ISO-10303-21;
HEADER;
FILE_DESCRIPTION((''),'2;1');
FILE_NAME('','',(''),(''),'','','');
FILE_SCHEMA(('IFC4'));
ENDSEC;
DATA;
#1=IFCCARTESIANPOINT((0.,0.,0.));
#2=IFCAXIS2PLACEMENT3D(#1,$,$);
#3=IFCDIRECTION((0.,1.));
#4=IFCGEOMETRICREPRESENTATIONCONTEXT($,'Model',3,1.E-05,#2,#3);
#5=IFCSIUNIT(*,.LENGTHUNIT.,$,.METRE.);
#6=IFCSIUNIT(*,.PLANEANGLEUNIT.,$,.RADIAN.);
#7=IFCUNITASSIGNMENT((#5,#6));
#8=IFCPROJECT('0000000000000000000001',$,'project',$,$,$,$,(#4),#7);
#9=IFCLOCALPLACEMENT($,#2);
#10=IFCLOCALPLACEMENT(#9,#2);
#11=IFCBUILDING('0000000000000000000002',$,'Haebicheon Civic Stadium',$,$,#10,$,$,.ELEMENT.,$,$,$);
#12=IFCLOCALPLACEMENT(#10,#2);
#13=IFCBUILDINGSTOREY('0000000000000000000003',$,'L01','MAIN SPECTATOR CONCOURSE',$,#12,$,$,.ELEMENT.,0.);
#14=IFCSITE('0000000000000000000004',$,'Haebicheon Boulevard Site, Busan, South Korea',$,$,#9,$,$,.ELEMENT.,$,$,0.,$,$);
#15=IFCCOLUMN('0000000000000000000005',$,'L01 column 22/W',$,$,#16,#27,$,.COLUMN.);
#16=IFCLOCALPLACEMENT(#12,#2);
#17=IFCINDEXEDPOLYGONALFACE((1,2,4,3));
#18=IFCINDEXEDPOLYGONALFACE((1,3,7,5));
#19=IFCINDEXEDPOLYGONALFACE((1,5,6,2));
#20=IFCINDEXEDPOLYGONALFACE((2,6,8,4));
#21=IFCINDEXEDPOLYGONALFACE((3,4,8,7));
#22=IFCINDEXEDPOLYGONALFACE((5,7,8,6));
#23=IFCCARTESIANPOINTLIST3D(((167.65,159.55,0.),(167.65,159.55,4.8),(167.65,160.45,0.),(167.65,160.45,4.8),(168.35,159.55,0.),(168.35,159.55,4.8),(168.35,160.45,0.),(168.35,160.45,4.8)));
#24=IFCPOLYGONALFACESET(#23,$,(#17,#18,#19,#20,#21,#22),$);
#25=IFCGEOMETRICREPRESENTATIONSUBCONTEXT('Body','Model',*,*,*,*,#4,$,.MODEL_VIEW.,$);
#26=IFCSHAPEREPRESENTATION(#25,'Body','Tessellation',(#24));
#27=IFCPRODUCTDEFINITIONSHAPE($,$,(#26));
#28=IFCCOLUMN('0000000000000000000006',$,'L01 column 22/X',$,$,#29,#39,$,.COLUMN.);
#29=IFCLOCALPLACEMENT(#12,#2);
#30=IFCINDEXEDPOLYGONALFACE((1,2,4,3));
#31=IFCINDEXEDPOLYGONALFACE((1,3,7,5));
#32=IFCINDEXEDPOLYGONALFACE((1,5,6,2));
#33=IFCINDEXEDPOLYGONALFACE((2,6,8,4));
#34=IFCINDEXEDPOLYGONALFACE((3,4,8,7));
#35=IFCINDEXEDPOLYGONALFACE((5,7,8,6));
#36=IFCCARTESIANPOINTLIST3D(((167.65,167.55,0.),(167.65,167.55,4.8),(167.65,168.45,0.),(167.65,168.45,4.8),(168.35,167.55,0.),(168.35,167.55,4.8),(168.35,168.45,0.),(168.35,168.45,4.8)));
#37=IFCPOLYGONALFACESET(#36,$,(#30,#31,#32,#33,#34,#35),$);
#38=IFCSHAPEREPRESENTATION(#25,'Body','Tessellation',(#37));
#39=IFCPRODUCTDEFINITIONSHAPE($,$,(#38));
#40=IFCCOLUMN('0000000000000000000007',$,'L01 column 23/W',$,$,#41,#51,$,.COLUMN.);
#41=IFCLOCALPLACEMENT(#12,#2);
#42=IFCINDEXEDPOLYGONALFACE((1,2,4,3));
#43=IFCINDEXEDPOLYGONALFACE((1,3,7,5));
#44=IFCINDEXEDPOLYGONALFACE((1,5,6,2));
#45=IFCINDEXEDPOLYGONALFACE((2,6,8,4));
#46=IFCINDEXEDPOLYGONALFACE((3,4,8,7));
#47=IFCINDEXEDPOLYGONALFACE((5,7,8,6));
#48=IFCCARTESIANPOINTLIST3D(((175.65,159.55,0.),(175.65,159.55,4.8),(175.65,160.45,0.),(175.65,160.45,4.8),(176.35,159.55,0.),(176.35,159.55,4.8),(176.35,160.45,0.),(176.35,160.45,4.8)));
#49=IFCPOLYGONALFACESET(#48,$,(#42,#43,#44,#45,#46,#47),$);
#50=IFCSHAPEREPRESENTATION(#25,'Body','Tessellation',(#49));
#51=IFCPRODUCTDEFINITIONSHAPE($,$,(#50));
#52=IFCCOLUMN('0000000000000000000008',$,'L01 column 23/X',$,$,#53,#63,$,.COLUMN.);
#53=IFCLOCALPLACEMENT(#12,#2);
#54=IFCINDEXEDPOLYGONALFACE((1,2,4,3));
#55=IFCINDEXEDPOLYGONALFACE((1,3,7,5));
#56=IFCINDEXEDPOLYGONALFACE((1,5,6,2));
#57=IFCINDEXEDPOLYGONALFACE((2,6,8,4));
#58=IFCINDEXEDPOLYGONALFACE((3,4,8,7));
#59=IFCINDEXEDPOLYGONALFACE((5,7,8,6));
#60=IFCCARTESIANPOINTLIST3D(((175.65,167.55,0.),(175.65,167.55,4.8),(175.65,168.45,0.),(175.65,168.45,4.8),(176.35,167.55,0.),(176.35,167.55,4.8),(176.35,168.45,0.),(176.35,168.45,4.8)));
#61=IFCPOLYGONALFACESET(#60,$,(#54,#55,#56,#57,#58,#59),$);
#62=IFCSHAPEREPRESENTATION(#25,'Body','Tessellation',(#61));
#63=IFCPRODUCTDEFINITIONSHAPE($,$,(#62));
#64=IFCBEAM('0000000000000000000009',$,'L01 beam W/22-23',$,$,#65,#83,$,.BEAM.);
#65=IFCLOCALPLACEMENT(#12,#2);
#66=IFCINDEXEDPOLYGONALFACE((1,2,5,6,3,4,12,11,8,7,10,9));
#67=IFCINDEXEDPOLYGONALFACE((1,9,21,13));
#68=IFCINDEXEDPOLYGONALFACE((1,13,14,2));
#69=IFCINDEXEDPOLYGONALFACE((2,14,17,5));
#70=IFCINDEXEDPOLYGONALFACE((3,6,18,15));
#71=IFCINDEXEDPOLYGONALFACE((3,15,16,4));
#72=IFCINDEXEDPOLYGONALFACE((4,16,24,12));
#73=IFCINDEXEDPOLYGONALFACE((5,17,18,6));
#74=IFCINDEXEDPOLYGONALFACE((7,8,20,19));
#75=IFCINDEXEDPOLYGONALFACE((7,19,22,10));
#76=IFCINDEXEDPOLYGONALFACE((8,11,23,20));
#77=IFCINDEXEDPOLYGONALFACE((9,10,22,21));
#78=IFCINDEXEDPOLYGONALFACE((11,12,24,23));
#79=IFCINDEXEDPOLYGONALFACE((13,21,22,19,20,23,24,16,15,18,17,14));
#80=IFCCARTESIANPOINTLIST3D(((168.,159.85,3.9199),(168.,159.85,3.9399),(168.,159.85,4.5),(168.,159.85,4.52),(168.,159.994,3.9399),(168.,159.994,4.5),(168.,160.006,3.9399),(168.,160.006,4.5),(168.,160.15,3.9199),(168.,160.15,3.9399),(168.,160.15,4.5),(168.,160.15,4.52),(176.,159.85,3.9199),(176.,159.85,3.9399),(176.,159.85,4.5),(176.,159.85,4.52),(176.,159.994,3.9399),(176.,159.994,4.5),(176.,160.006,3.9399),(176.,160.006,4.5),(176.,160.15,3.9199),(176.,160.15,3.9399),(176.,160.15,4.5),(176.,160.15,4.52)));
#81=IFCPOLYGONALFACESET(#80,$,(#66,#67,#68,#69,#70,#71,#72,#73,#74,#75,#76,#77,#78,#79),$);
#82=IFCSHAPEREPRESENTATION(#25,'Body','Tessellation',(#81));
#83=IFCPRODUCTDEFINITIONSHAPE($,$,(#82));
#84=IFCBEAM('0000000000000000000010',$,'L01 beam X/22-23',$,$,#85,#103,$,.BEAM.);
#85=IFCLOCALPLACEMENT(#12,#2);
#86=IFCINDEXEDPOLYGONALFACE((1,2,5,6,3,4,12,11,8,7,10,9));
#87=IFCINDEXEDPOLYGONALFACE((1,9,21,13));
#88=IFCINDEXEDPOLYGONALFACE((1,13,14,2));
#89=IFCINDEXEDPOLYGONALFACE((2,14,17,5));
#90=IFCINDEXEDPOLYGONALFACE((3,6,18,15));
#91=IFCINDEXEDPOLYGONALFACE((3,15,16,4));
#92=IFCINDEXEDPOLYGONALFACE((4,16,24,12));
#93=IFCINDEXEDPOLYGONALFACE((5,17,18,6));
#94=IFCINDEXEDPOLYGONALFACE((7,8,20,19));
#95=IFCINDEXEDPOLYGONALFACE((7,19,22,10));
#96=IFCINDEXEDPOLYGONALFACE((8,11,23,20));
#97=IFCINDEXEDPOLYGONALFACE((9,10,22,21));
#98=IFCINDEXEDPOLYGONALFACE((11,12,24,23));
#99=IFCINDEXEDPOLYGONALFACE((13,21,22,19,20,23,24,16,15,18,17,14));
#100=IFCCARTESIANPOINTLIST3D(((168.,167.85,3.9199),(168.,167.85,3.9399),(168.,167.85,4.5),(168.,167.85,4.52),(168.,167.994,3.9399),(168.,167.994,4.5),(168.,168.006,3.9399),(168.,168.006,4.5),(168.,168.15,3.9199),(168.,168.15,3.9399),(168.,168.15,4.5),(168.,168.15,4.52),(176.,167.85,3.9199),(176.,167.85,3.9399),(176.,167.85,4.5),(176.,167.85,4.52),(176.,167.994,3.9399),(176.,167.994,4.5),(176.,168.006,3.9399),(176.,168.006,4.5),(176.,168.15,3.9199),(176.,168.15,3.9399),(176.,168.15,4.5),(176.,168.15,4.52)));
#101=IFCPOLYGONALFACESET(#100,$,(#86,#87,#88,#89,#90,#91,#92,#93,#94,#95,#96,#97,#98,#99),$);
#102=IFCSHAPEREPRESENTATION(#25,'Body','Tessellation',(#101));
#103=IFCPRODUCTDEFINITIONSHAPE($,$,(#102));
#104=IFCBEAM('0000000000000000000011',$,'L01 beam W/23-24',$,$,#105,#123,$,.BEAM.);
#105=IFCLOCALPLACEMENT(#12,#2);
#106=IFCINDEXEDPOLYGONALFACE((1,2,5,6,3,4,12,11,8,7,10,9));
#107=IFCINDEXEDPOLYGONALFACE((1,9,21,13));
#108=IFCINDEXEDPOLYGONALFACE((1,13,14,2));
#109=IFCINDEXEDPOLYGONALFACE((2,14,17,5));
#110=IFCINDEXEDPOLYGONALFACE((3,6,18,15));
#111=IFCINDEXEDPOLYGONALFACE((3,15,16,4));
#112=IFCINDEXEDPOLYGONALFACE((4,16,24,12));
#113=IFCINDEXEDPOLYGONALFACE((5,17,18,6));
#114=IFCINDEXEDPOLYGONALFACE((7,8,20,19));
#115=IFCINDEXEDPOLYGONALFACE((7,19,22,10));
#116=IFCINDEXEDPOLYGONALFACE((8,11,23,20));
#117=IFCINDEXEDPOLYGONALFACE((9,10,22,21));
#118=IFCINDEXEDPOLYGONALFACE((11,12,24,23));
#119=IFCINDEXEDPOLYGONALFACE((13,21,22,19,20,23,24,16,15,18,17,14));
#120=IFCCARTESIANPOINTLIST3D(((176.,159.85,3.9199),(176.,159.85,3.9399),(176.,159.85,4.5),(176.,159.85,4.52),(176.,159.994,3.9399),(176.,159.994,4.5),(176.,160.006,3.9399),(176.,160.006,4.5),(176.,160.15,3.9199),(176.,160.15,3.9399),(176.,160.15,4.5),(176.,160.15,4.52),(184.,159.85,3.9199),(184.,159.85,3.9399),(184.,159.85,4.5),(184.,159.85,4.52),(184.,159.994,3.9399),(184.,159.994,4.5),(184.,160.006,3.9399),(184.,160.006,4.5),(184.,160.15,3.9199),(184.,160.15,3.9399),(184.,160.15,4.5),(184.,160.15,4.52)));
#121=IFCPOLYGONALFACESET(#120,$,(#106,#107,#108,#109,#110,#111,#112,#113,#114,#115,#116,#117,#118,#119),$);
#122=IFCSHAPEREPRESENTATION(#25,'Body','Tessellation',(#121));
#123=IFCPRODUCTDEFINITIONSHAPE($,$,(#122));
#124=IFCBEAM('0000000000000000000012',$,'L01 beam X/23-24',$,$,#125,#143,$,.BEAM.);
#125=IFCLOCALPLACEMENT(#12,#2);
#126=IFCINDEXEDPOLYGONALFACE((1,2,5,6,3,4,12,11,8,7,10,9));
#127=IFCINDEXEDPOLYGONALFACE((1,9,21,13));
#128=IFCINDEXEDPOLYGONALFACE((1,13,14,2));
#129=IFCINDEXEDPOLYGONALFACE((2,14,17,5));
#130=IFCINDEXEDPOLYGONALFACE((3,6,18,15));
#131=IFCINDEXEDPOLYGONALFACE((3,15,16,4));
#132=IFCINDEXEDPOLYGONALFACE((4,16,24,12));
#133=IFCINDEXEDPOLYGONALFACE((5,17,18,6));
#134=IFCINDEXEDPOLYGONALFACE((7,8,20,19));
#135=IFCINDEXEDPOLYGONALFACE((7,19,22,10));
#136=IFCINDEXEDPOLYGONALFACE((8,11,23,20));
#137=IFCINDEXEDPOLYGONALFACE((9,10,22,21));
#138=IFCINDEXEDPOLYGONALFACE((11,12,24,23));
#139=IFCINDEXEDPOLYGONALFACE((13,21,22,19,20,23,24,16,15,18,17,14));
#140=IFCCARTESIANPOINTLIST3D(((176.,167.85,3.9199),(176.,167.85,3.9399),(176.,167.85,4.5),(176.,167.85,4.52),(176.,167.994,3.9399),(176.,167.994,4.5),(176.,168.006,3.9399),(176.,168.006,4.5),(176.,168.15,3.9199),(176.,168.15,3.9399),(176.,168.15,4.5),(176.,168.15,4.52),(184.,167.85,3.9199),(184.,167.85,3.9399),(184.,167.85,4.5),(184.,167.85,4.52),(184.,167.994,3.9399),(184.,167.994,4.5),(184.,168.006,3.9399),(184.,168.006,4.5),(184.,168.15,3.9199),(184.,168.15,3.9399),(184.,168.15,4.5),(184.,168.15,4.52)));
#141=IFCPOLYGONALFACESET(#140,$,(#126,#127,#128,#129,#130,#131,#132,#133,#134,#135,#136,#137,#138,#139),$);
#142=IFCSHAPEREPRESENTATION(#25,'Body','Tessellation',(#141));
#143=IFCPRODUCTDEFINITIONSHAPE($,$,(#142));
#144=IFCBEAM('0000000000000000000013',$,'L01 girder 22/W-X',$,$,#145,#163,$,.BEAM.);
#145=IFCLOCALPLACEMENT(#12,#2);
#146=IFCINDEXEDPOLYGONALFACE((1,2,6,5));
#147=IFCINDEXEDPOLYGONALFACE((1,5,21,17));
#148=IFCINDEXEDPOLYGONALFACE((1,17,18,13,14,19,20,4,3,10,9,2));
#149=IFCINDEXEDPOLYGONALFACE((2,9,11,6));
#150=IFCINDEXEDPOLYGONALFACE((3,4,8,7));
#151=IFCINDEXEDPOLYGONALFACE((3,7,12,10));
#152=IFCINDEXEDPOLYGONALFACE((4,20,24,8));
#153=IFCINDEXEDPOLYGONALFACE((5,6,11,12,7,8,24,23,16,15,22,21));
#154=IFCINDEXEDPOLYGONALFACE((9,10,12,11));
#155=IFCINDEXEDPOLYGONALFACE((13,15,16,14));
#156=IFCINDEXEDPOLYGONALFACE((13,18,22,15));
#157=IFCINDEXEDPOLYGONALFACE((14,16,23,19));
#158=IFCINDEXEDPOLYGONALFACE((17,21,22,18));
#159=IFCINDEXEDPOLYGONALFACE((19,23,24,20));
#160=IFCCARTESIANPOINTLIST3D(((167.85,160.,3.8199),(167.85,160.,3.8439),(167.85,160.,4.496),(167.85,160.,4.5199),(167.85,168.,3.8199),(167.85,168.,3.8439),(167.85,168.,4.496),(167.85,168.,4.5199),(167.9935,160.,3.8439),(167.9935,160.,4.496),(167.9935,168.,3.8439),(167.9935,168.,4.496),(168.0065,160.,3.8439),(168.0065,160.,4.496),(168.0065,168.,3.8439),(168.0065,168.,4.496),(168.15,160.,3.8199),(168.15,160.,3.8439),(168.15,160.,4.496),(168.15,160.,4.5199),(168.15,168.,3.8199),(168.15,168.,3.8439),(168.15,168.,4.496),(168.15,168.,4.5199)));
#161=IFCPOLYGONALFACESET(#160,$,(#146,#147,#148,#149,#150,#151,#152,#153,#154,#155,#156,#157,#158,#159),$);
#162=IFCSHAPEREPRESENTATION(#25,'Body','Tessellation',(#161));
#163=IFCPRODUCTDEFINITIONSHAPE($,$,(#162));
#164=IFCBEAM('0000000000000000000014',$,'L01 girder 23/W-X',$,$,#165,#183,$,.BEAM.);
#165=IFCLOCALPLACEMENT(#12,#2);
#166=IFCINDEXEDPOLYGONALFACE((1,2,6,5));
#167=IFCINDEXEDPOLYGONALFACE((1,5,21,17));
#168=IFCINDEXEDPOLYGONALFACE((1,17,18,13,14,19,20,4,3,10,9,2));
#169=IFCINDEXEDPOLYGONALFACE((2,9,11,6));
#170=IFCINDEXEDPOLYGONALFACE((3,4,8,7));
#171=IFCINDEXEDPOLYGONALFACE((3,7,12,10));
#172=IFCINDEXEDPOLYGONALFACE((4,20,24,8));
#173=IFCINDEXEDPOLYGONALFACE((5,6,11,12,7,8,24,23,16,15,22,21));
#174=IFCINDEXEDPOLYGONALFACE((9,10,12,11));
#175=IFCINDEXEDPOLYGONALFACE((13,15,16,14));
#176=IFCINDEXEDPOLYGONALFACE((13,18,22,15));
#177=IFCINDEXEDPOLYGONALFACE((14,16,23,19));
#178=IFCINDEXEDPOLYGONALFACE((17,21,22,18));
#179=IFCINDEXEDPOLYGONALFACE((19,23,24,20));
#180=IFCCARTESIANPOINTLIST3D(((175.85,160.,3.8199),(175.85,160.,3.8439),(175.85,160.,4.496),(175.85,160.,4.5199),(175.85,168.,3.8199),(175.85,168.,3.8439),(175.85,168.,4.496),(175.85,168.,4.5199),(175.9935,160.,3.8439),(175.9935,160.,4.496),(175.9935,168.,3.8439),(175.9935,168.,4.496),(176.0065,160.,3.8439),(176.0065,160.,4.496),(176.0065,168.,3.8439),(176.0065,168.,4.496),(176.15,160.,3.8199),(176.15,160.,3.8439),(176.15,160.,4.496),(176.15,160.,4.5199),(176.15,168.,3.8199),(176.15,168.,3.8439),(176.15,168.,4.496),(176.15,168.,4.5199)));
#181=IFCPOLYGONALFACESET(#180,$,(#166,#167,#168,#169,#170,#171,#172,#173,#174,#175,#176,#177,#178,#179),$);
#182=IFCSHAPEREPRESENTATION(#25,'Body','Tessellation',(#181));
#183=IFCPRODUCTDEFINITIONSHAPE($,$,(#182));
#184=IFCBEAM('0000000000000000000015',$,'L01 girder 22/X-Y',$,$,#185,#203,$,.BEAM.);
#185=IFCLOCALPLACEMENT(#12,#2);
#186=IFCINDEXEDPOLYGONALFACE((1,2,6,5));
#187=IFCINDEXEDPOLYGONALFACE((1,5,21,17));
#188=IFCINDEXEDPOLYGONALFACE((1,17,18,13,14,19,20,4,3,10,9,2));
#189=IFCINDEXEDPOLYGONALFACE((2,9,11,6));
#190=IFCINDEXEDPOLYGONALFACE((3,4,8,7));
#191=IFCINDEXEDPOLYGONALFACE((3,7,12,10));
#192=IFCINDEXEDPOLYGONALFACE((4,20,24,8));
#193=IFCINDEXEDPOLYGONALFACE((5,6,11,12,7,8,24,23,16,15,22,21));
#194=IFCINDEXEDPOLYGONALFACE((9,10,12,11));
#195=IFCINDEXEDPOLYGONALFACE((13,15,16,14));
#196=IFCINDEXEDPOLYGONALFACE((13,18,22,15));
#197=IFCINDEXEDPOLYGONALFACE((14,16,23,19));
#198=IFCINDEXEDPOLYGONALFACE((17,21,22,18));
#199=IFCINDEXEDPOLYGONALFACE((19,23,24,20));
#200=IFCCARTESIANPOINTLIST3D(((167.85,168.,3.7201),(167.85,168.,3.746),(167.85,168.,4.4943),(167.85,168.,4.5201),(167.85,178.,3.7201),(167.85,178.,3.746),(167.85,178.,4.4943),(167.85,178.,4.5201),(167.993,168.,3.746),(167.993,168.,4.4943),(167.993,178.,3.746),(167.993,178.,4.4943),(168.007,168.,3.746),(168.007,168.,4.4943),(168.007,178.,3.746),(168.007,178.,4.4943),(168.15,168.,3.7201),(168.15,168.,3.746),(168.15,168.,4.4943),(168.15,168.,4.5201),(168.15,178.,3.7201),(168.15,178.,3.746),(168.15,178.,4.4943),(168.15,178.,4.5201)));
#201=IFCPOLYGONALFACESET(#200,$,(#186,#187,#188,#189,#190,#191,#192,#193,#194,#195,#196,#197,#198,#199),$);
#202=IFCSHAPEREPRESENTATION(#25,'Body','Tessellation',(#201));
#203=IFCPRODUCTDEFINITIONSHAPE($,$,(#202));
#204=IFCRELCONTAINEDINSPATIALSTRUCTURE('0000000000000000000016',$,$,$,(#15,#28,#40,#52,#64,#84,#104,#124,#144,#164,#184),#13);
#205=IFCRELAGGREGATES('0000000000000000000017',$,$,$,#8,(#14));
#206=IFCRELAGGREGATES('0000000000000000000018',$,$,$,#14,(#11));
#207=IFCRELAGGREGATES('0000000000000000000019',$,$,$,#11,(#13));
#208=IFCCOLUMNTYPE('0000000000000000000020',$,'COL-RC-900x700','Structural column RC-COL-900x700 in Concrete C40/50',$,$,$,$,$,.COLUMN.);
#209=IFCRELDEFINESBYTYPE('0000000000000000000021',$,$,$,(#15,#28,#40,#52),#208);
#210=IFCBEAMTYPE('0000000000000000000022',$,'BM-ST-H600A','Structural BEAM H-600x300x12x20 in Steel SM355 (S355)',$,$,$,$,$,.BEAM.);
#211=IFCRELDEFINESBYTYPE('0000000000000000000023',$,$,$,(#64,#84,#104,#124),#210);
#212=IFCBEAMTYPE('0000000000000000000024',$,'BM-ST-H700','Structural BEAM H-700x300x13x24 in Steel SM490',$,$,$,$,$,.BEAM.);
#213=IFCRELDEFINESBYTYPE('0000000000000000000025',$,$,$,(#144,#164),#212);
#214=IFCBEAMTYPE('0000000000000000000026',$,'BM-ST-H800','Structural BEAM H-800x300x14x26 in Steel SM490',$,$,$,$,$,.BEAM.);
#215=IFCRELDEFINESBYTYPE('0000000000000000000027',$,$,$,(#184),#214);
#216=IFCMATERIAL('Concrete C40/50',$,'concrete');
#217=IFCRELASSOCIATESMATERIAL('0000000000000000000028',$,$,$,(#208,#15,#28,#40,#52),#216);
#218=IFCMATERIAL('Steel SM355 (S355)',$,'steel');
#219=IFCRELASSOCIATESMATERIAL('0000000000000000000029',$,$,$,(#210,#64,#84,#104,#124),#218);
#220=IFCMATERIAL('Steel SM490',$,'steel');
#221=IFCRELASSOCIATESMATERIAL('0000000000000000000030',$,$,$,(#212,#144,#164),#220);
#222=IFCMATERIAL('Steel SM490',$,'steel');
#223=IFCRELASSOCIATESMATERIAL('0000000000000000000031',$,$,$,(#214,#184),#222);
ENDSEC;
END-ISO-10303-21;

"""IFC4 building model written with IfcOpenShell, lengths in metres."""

from ifc_helpers import new_model, si_unit, direction, frame, origin, origin_2d, place, context, subcontext, project, spatial, rectangle, i_section, extrude, material, material_profile, profile_set, type_object, element, save


model = new_model("IFC4")

# Units and contexts
model_context = context("Model", 3, precision=1e-05, world=origin(), true_north=direction((0.0, 1.0)))
body_context = subcontext(model_context, "Body", "Model", "MODEL_VIEW")
ifc_project = project(units=[si_unit("LENGTHUNIT", "METRE"), si_unit("PLANEANGLEUNIT", "RADIAN")], contexts=[model_context])

# Site, building, storey
site_placement = place(None, origin())
site = spatial("IfcSite", under=ifc_project, at=site_placement, Name="Haebicheon Boulevard Site, Busan, South Korea", CompositionType="ELEMENT", RefElevation=0.0)
building_placement = place(site_placement, origin())
building = spatial("IfcBuilding", under=site, at=building_placement, Name="Haebicheon Civic Stadium", CompositionType="ELEMENT")
storey_placement = place(building_placement, origin())
storey = spatial("IfcBuildingStorey", under=building, at=storey_placement, Name="L01", Description="MAIN SPECTATOR CONCOURSE", CompositionType="ELEMENT", Elevation=0.0)

# Columns
ifc_material_1 = material(Name="Concrete C40/50", Category="concrete")
ifc_material_profile_1 = material_profile(ifc_material_1, rectangle(XDim=0.7, YDim=0.8999, at=origin_2d()), Name="RC-COL-900x700")
ifc_profile_set_1 = profile_set([ifc_material_profile_1], Name="Concrete C40/50")
column_type = type_object("IfcColumnType", Name="COL-RC-900x700", Description="Structural column RC-COL-900x700 in Concrete C40/50", PredefinedType="COLUMN", material=ifc_profile_set_1)
for number, where, z_axis, x_axis, name in (
    (1, (168.0, 160.0, 0.0), (0.0, 0.0, 1.0), (1.0, 0.0, 0.0), "L01 column 22/W"),
    (2, (168.0, 168.0, 0.0), (0.0, 0.0, 1.0), (1.0, 0.0, 0.0), "L01 column 22/X"),
    (3, (176.0, 160.0, 0.0), (0.0, 0.0, 1.0), (1.0, 0.0, 0.0), "L01 column 23/W"),
    (4, (176.0, 168.0, 0.0), (0.0, 0.0, 1.0), (1.0, 0.0, 0.0), "L01 column 23/X"),
):
    element("IfcColumn", number, at=place(storey_placement, frame(where, z_axis=z_axis, x_axis=x_axis)), inside=storey, type_object=column_type, material=ifc_profile_set_1, Name=name, PredefinedType="COLUMN", context=body_context, shape_type="SweptSolid", body=[
        extrude(rectangle(XDim=0.7, YDim=0.8999, at=origin_2d()), origin(), (0.0, 0.0, 1.0), 4.8),
    ])

# Beams
ifc_material_2 = material(Name="Steel SM355 (S355)", Category="steel")
ifc_material_profile_2 = material_profile(ifc_material_2, i_section(OverallWidth=0.3, OverallDepth=0.6001, WebThickness=0.012, FlangeThickness=0.02, at=origin_2d()), Name="H-600x300x12x20")
ifc_profile_set_2 = profile_set([ifc_material_profile_2], Name="Steel SM355 (S355)")
beam_type_1 = type_object("IfcBeamType", Name="BM-ST-H600A", Description="Structural BEAM H-600x300x12x20 in Steel SM355 (S355)", PredefinedType="BEAM", material=ifc_profile_set_2)
for number, where, z_axis, x_axis, name in (
    (5, (168.0, 160.0, 4.22), (1.0, 0.0, 0.0), (0.0, 1.0, 0.0), "L01 beam W/22-23"),
    (6, (168.0, 168.0, 4.22), (1.0, 0.0, 0.0), (0.0, 1.0, 0.0), "L01 beam X/22-23"),
    (7, (176.0, 160.0, 4.22), (1.0, 0.0, 0.0), (0.0, 1.0, 0.0), "L01 beam W/23-24"),
    (8, (176.0, 168.0, 4.22), (1.0, 0.0, 0.0), (0.0, 1.0, 0.0), "L01 beam X/23-24"),
):
    element("IfcBeam", number, at=place(storey_placement, frame(where, z_axis=z_axis, x_axis=x_axis)), inside=storey, type_object=beam_type_1, material=ifc_profile_set_2, Name=name, PredefinedType="BEAM", context=body_context, shape_type="SweptSolid", body=[
        extrude(i_section(OverallWidth=0.3, OverallDepth=0.6001, WebThickness=0.012, FlangeThickness=0.02, at=origin_2d()), origin(), (0.0, 0.0, 1.0), 8.0),
    ])
ifc_material_3 = material(Name="Steel SM490", Category="steel")
ifc_material_profile_3 = material_profile(ifc_material_3, i_section(OverallWidth=0.3, OverallDepth=0.7, WebThickness=0.0129, FlangeThickness=0.0239, at=origin_2d()), Name="H-700x300x13x24")
ifc_profile_set_3 = profile_set([ifc_material_profile_3], Name="Steel SM490")
beam_type_2 = type_object("IfcBeamType", Name="BM-ST-H700", Description="Structural BEAM H-700x300x13x24 in Steel SM490", PredefinedType="BEAM", material=ifc_profile_set_3)
for number, where, z_axis, x_axis, name in (
    (9, (168.0, 160.0, 4.1699), (0.0, 1.0, 0.0), (-1.0, 0.0, 0.0), "L01 girder 22/W-X"),
    (10, (176.0, 160.0, 4.1699), (0.0, 1.0, 0.0), (-1.0, 0.0, 0.0), "L01 girder 23/W-X"),
):
    element("IfcBeam", number, at=place(storey_placement, frame(where, z_axis=z_axis, x_axis=x_axis)), inside=storey, type_object=beam_type_2, material=ifc_profile_set_3, Name=name, PredefinedType="BEAM", context=body_context, shape_type="SweptSolid", body=[
        extrude(i_section(OverallWidth=0.3, OverallDepth=0.7, WebThickness=0.0129, FlangeThickness=0.0239, at=origin_2d()), origin(), (0.0, 0.0, 1.0), 8.0),
    ])
ifc_material_4 = material(Name="Steel SM490", Category="steel")
ifc_material_profile_4 = material_profile(ifc_material_4, i_section(OverallWidth=0.3, OverallDepth=0.8, WebThickness=0.0139, FlangeThickness=0.0259, at=origin_2d()), Name="H-800x300x14x26")
ifc_profile_set_4 = profile_set([ifc_material_profile_4], Name="Steel SM490")
beam_type_3 = type_object("IfcBeamType", Name="BM-ST-H800", Description="Structural BEAM H-800x300x14x26 in Steel SM490", PredefinedType="BEAM", material=ifc_profile_set_4)
for number, where, z_axis, x_axis, name in (
    (11, (168.0, 168.0, 4.1201), (0.0, 1.0, 0.0), (-1.0, 0.0, 0.0), "L01 girder 22/X-Y"),
):
    element("IfcBeam", number, at=place(storey_placement, frame(where, z_axis=z_axis, x_axis=x_axis)), inside=storey, type_object=beam_type_3, material=ifc_profile_set_4, Name=name, PredefinedType="BEAM", context=body_context, shape_type="SweptSolid", body=[
        extrude(i_section(OverallWidth=0.3, OverallDepth=0.8, WebThickness=0.0139, FlangeThickness=0.0259, at=origin_2d()), origin(), (0.0, 0.0, 1.0), 10.0),
    ])

save(model, "model.ifc")
